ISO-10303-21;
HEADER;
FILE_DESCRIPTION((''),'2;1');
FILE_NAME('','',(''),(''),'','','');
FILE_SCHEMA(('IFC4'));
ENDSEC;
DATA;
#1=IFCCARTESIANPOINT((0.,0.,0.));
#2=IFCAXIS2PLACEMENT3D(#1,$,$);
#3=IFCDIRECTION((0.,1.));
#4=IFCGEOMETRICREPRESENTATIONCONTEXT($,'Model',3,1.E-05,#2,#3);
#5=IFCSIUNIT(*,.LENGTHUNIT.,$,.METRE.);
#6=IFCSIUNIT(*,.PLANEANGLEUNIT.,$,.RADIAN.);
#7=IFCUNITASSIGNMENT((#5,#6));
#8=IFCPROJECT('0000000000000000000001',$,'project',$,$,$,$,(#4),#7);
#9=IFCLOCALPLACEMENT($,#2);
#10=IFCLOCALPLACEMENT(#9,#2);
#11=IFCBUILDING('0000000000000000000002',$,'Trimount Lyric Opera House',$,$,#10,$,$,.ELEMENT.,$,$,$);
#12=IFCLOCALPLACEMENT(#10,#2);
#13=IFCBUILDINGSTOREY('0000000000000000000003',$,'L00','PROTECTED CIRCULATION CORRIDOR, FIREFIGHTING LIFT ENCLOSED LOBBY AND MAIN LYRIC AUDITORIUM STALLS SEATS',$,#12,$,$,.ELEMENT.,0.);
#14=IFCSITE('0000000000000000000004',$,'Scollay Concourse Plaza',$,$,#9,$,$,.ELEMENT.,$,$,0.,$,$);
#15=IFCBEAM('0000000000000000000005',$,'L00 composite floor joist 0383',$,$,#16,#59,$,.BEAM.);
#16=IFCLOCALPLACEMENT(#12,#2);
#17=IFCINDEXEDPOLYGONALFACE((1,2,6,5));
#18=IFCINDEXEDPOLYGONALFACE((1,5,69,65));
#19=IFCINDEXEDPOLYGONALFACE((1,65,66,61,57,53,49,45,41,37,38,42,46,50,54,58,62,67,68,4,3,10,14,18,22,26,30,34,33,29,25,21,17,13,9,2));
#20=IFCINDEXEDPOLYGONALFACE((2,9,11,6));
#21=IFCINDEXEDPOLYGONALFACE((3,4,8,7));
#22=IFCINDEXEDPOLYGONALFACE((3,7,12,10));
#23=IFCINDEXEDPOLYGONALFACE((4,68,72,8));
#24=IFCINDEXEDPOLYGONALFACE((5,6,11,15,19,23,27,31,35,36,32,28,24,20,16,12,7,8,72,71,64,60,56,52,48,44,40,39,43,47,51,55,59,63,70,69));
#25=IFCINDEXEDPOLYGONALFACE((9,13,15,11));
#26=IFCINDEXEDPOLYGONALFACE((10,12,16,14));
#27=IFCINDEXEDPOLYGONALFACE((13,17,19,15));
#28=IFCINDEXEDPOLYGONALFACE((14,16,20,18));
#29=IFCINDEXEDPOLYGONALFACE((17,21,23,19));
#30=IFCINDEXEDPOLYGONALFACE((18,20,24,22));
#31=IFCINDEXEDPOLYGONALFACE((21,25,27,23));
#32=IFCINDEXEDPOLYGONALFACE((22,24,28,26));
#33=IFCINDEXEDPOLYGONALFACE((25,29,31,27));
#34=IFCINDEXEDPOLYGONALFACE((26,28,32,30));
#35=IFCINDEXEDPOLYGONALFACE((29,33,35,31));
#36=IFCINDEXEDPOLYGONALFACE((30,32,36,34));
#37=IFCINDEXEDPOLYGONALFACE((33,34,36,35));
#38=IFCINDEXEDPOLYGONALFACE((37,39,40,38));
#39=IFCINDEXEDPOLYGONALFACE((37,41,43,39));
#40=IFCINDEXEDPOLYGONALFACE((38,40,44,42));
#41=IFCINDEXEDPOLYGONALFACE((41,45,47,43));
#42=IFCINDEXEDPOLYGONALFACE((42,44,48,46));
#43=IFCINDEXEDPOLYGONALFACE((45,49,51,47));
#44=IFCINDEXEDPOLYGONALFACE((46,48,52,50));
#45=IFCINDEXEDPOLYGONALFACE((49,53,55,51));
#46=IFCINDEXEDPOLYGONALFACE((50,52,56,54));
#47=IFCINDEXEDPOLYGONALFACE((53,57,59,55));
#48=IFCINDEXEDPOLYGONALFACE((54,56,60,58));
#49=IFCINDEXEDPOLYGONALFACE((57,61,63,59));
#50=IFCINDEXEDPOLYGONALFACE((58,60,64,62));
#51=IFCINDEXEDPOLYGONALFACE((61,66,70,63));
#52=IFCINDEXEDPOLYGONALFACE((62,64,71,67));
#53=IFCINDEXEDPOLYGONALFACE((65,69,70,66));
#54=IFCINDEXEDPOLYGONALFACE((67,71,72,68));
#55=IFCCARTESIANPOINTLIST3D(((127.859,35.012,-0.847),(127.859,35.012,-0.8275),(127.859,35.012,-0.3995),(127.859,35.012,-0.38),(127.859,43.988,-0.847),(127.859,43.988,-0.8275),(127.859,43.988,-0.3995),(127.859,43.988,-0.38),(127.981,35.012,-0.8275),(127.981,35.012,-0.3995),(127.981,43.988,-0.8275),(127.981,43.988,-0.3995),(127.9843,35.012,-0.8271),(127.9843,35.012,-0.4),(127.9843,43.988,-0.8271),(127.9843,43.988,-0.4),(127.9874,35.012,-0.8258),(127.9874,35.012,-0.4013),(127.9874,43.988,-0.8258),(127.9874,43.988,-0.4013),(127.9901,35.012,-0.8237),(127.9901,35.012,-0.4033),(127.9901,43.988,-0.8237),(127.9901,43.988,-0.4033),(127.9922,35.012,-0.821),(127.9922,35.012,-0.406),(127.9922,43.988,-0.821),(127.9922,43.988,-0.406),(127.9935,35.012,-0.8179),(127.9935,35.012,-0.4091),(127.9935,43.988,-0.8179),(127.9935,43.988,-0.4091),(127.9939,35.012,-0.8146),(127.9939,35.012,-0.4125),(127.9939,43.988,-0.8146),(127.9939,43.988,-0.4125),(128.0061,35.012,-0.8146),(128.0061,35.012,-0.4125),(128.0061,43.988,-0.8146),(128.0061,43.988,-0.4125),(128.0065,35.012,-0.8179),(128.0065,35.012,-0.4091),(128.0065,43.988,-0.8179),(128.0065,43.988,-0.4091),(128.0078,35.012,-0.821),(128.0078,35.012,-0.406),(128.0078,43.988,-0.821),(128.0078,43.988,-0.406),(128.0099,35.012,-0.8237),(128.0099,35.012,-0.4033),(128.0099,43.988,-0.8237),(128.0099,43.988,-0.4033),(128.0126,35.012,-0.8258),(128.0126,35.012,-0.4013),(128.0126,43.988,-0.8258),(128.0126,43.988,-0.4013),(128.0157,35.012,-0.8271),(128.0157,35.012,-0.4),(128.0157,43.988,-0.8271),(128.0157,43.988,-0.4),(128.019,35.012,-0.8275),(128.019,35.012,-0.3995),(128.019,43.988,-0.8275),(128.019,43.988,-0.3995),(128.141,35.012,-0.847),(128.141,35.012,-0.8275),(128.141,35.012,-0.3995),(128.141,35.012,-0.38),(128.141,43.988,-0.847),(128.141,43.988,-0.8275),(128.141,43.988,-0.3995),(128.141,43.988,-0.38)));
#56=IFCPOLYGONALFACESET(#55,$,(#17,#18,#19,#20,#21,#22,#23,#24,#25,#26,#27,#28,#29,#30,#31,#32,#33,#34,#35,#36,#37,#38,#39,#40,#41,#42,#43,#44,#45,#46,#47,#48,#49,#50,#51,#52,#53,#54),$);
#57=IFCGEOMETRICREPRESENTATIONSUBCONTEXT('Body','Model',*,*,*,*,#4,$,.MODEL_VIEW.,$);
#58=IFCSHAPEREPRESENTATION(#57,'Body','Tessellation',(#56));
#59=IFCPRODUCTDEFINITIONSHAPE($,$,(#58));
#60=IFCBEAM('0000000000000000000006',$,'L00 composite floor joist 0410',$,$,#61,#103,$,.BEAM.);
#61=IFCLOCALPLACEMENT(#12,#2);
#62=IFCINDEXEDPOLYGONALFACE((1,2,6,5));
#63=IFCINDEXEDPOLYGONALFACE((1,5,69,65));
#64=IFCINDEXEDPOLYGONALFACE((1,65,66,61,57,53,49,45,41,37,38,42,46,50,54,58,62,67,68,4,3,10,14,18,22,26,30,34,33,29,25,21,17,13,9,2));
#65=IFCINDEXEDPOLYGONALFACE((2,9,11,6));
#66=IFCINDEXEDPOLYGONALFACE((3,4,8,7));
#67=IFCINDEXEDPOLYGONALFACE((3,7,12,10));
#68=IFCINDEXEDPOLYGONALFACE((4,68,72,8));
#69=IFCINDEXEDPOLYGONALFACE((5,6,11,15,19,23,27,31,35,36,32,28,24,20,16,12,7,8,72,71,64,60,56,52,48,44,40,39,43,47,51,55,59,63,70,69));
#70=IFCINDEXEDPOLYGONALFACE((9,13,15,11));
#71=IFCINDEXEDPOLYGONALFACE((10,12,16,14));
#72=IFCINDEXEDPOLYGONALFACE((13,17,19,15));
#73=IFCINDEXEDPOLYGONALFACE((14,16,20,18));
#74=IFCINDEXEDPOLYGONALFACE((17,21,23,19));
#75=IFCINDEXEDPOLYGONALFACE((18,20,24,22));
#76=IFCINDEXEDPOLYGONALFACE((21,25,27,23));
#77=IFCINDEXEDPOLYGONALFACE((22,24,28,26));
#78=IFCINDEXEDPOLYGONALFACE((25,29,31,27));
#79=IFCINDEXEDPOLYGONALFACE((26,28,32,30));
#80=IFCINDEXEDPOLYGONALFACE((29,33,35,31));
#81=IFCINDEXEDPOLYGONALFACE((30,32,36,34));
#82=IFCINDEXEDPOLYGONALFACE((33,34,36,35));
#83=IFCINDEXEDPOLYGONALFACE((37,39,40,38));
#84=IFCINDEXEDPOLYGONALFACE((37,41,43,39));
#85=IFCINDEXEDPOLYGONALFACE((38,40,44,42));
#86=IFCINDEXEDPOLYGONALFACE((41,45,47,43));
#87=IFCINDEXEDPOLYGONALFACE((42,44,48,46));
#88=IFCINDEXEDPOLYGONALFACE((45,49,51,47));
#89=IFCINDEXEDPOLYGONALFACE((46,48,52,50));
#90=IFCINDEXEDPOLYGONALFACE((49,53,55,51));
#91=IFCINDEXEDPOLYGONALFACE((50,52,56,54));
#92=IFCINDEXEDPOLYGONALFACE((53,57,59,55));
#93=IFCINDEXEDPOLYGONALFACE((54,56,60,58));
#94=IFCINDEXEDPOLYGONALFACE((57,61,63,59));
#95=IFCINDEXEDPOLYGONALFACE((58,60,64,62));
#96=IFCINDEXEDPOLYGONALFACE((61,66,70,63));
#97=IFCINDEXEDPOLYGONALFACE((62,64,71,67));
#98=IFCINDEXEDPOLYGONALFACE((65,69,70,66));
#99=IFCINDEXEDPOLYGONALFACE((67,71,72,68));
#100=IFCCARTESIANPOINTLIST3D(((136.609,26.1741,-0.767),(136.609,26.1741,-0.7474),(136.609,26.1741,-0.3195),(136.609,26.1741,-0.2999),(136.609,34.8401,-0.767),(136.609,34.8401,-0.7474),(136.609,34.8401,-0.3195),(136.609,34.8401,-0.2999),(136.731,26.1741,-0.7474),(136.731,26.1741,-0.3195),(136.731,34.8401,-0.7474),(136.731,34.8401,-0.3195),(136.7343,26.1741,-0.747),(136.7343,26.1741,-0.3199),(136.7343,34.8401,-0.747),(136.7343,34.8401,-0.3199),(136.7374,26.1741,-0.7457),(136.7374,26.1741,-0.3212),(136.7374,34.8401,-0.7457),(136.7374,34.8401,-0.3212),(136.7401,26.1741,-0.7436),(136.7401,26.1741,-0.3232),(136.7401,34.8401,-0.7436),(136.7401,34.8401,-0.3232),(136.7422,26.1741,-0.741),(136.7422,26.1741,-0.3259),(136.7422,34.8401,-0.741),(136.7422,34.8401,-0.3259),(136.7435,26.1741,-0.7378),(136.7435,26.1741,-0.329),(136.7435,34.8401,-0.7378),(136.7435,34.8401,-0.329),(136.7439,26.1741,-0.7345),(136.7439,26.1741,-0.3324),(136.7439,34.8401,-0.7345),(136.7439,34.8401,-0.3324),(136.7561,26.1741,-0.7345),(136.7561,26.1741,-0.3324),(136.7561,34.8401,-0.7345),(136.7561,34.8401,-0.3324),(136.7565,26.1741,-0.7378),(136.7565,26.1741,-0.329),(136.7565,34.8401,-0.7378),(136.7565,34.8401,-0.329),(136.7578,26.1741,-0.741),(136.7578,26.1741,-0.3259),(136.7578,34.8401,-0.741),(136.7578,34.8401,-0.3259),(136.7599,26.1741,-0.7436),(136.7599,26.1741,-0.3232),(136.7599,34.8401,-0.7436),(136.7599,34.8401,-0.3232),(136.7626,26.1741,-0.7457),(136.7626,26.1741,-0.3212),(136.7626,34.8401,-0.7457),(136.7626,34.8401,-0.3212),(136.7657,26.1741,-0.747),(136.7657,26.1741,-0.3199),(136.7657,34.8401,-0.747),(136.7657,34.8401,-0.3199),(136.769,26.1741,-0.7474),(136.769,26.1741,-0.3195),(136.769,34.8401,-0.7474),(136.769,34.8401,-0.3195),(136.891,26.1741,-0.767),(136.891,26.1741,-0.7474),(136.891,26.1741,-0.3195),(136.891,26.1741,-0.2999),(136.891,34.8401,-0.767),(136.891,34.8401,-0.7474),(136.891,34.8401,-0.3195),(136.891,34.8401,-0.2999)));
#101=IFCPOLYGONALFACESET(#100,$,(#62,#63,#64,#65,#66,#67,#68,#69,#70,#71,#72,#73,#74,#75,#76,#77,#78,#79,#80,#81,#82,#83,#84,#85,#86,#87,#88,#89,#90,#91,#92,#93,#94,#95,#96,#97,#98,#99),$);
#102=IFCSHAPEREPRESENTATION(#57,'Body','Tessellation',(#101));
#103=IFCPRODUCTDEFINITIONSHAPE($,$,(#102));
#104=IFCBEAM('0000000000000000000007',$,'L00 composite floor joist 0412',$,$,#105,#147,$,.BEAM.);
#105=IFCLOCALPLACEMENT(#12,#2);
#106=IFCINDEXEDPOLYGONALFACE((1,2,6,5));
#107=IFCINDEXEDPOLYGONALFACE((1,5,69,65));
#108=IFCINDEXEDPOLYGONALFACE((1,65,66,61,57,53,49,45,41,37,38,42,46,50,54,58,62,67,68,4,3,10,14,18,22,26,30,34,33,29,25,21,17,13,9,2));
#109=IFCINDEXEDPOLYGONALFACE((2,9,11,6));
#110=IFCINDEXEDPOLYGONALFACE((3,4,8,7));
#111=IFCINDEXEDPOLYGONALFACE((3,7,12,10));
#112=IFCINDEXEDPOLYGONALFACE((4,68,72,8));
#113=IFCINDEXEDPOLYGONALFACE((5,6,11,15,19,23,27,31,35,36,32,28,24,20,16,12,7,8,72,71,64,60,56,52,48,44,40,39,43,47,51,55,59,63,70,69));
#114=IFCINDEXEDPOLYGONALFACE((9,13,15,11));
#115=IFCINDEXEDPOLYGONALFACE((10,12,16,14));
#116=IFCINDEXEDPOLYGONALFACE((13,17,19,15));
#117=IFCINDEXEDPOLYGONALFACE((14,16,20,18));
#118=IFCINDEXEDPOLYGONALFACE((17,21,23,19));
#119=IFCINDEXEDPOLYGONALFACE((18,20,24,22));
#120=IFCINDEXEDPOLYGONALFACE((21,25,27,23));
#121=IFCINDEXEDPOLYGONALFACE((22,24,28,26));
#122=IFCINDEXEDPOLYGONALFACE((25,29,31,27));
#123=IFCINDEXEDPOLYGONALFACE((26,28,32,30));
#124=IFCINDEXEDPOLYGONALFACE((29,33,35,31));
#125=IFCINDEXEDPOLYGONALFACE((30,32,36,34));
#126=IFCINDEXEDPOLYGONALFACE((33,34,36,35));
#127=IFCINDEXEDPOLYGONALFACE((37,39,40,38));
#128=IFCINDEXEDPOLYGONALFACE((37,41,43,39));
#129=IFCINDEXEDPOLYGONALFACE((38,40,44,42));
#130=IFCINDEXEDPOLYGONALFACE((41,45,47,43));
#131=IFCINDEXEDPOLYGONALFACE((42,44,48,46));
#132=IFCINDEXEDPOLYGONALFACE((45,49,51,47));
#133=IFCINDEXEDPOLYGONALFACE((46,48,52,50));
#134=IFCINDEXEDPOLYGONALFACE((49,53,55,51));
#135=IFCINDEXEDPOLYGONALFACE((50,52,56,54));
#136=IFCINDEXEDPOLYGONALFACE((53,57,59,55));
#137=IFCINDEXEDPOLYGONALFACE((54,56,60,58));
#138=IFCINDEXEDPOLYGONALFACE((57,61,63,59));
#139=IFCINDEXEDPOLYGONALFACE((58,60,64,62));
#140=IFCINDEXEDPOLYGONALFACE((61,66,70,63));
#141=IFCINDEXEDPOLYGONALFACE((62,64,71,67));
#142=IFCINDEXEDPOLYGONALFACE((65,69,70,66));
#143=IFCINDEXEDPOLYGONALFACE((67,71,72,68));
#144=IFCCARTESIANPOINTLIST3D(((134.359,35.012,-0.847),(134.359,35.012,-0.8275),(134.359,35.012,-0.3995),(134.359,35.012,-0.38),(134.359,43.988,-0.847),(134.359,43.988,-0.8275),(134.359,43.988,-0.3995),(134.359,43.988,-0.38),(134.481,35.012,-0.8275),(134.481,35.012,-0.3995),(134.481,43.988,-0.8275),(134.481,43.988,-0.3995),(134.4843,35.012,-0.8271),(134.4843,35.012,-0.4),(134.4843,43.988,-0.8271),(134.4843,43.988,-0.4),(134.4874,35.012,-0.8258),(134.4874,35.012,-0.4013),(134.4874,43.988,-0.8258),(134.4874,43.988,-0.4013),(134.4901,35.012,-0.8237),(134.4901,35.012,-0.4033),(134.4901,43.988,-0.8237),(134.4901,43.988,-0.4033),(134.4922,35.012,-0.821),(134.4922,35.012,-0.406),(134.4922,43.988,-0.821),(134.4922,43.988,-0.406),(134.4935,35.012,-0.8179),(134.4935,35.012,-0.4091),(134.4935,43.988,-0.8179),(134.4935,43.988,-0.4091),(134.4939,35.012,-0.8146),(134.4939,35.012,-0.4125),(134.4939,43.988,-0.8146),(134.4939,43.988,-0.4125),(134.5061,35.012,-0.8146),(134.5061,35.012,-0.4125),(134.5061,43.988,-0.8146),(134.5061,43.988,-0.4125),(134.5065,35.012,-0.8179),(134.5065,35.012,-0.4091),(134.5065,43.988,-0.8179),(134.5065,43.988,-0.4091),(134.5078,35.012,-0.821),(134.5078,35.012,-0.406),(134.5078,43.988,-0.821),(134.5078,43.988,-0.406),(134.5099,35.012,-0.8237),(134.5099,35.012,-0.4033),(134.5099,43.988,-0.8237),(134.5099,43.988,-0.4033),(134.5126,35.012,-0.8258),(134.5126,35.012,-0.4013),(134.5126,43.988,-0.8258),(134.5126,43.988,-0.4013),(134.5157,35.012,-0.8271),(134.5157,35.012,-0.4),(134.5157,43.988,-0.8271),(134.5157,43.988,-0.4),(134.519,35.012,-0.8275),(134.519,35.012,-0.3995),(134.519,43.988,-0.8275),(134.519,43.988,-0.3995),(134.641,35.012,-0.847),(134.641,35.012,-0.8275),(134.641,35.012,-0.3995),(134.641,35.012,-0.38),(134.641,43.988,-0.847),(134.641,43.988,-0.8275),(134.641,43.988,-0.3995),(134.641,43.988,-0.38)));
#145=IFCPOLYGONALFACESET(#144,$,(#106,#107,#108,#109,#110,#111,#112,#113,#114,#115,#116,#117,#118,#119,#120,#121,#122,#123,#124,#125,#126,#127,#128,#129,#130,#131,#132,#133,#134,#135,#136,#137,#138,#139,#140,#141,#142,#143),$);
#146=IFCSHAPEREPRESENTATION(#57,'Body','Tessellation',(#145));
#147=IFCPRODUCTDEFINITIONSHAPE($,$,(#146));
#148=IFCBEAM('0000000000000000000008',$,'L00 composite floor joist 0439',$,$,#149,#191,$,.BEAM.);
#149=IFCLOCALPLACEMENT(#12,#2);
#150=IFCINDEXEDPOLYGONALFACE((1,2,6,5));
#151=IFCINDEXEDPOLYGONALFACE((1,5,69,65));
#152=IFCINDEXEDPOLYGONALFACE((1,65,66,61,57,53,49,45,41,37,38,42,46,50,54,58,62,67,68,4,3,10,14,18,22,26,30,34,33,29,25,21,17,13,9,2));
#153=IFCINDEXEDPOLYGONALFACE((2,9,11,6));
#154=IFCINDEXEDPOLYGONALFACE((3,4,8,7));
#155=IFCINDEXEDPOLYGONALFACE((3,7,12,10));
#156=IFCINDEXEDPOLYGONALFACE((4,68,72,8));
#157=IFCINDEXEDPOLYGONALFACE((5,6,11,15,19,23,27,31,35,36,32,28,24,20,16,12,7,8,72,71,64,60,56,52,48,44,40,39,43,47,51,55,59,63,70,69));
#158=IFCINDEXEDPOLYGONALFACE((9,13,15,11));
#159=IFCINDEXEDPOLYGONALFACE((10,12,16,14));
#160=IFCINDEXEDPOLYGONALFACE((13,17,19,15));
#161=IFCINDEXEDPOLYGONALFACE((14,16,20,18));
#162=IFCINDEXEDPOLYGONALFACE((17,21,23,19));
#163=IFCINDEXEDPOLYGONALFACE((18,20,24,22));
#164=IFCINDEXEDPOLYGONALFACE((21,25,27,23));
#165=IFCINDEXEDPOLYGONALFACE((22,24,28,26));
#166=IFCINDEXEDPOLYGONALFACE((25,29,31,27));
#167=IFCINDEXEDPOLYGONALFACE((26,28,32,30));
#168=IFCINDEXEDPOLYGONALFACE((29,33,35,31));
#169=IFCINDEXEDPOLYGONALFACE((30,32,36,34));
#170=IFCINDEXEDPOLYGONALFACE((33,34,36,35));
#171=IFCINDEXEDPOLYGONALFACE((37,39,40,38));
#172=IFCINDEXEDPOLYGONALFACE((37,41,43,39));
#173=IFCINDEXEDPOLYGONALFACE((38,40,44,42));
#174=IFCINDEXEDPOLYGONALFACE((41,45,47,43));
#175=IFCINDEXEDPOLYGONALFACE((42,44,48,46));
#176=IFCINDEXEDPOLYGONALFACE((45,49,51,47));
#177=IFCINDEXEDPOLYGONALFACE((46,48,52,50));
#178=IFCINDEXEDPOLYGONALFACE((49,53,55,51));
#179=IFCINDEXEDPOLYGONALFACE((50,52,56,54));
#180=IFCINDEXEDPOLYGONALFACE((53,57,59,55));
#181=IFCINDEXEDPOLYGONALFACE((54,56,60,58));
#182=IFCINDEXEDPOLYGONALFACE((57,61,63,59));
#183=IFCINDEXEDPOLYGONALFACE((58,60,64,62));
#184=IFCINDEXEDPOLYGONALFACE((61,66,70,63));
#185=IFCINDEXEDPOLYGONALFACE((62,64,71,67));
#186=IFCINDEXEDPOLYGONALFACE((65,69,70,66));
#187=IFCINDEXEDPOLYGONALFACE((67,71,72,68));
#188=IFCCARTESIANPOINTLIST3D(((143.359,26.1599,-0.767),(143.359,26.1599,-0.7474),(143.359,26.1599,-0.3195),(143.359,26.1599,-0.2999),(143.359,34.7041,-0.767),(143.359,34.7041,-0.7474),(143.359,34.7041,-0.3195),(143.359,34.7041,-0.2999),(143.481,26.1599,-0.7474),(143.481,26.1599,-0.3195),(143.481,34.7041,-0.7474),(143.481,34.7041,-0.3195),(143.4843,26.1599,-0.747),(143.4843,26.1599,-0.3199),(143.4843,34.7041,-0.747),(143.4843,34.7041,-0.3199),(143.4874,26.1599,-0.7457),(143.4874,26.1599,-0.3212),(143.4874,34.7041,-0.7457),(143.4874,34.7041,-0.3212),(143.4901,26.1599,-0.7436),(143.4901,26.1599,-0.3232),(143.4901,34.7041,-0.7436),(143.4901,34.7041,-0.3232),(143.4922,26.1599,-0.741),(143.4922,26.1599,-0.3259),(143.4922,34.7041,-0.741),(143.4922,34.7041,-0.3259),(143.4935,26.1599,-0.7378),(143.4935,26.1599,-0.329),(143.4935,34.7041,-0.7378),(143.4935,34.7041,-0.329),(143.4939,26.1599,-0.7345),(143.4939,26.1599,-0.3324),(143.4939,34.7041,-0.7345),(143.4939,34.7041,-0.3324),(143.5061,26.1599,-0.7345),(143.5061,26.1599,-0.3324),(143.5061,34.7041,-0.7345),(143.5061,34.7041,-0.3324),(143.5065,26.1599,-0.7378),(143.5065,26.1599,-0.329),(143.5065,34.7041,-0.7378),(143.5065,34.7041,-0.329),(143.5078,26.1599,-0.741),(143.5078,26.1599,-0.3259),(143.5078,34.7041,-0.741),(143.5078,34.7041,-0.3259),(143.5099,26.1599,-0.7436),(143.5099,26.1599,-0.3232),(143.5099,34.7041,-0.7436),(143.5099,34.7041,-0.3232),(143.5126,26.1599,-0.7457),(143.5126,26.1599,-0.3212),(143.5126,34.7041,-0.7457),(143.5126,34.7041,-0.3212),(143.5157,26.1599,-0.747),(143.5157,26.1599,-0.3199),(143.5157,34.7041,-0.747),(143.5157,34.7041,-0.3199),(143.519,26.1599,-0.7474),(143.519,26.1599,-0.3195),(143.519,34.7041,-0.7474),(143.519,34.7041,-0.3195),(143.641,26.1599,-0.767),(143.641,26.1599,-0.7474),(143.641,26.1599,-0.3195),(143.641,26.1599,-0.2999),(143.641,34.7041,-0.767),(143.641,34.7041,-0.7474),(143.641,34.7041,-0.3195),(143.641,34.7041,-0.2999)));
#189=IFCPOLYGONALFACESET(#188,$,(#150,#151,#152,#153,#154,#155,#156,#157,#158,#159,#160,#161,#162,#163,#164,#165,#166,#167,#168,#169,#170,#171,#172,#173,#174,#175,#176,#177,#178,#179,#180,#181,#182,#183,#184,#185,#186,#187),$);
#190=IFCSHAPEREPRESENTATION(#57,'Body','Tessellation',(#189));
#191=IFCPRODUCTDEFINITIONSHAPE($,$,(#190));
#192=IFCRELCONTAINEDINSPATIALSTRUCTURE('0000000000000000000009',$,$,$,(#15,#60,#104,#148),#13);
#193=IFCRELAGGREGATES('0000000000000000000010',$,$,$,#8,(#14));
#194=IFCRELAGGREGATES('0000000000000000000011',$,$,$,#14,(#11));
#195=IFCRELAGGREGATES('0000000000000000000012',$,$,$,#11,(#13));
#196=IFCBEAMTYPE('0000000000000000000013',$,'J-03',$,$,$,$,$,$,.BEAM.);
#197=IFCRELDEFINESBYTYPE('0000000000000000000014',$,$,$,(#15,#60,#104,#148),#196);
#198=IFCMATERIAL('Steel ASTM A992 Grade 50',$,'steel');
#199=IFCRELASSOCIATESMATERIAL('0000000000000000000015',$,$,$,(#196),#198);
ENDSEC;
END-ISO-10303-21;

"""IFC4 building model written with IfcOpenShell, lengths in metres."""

from ifc_helpers import new_model, si_unit, direction, frame, origin, origin_2d, place, context, subcontext, project, spatial, i_section, extrude, material, material_profile, profile_set, type_object, element, save


model = new_model("IFC4")

# Units and contexts
model_context = context("Model", 3, precision=1e-05, world=origin(), true_north=direction((0.0, 1.0)))
body_context = subcontext(model_context, "Body", "Model", "MODEL_VIEW")
ifc_project = project(units=[si_unit("LENGTHUNIT", "METRE"), si_unit("PLANEANGLEUNIT", "RADIAN")], contexts=[model_context])

# Site, building, storey
site_placement = place(None, origin())
site = spatial("IfcSite", under=ifc_project, at=site_placement, Name="Scollay Concourse Plaza", CompositionType="ELEMENT", RefElevation=0.0)
building_placement = place(site_placement, origin())
building = spatial("IfcBuilding", under=site, at=building_placement, Name="Trimount Lyric Opera House", CompositionType="ELEMENT")
storey_placement = place(building_placement, origin())
storey = spatial("IfcBuildingStorey", under=building, at=storey_placement, Name="L00", Description="PROTECTED CIRCULATION CORRIDOR, FIREFIGHTING LIFT ENCLOSED LOBBY AND MAIN LYRIC AUDITORIUM STALLS SEATS", CompositionType="ELEMENT", Elevation=0.0)

# Beams
ifc_material_1 = material(Name="Steel ASTM A992 Grade 50", Category="steel")
ifc_material_profile_1 = material_profile(ifc_material_1, i_section(OverallWidth=0.282, OverallDepth=0.467, WebThickness=0.0122, FlangeThickness=0.0195, FilletRadius=0.0129, at=origin_2d()), Name="W18X86")
ifc_profile_set_1 = profile_set([ifc_material_profile_1], Name="Steel ASTM A992 Grade 50")
beam_type_1 = type_object("IfcBeamType", Name="J-03", PredefinedType="BEAM", material=ifc_profile_set_1)
beam_1_placement = place(storey_placement, frame((128.0, 35.012, -0.6135), z_axis=(0.0, 1.0, 0.0), x_axis=(-1.0, 0.0, 0.0)))
element("IfcBeam", 1, at=beam_1_placement, inside=storey, type_object=beam_type_1, Name="L00 composite floor joist 0383", PredefinedType="BEAM", context=body_context, shape_type="SweptSolid", body=[
    extrude(i_section(OverallWidth=0.282, OverallDepth=0.467, WebThickness=0.0122, FlangeThickness=0.0195, FilletRadius=0.0129, at=origin_2d()), origin(), (0.0, 0.0, 1.0), 8.9761),
])
beam_2_placement = place(storey_placement, frame((136.75, 26.1741, -0.5334), z_axis=(0.0, 1.0, 0.0), x_axis=(-1.0, 0.0, 0.0)))
element("IfcBeam", 2, at=beam_2_placement, inside=storey, type_object=beam_type_1, Name="L00 composite floor joist 0410", PredefinedType="BEAM", context=body_context, shape_type="SweptSolid", body=[
    extrude(i_section(OverallWidth=0.282, OverallDepth=0.467, WebThickness=0.0122, FlangeThickness=0.0195, FilletRadius=0.0129, at=origin_2d()), origin(), (0.0, 0.0, 1.0), 8.666),
])
beam_3_placement = place(storey_placement, frame((134.5, 35.012, -0.6135), z_axis=(0.0, 1.0, 0.0), x_axis=(-1.0, 0.0, 0.0)))
element("IfcBeam", 3, at=beam_3_placement, inside=storey, type_object=beam_type_1, Name="L00 composite floor joist 0412", PredefinedType="BEAM", context=body_context, shape_type="SweptSolid", body=[
    extrude(i_section(OverallWidth=0.282, OverallDepth=0.467, WebThickness=0.0122, FlangeThickness=0.0195, FilletRadius=0.0129, at=origin_2d()), origin(), (0.0, 0.0, 1.0), 8.9761),
])
beam_4_placement = place(storey_placement, frame((143.5, 26.1599, -0.5334), z_axis=(0.0, 1.0, 0.0), x_axis=(-1.0, 0.0, 0.0)))
element("IfcBeam", 4, at=beam_4_placement, inside=storey, type_object=beam_type_1, Name="L00 composite floor joist 0439", PredefinedType="BEAM", context=body_context, shape_type="SweptSolid", body=[
    extrude(i_section(OverallWidth=0.282, OverallDepth=0.467, WebThickness=0.0122, FlangeThickness=0.0195, FilletRadius=0.0129, at=origin_2d()), origin(), (0.0, 0.0, 1.0), 8.5442),
])

save(model, "model.ifc")
